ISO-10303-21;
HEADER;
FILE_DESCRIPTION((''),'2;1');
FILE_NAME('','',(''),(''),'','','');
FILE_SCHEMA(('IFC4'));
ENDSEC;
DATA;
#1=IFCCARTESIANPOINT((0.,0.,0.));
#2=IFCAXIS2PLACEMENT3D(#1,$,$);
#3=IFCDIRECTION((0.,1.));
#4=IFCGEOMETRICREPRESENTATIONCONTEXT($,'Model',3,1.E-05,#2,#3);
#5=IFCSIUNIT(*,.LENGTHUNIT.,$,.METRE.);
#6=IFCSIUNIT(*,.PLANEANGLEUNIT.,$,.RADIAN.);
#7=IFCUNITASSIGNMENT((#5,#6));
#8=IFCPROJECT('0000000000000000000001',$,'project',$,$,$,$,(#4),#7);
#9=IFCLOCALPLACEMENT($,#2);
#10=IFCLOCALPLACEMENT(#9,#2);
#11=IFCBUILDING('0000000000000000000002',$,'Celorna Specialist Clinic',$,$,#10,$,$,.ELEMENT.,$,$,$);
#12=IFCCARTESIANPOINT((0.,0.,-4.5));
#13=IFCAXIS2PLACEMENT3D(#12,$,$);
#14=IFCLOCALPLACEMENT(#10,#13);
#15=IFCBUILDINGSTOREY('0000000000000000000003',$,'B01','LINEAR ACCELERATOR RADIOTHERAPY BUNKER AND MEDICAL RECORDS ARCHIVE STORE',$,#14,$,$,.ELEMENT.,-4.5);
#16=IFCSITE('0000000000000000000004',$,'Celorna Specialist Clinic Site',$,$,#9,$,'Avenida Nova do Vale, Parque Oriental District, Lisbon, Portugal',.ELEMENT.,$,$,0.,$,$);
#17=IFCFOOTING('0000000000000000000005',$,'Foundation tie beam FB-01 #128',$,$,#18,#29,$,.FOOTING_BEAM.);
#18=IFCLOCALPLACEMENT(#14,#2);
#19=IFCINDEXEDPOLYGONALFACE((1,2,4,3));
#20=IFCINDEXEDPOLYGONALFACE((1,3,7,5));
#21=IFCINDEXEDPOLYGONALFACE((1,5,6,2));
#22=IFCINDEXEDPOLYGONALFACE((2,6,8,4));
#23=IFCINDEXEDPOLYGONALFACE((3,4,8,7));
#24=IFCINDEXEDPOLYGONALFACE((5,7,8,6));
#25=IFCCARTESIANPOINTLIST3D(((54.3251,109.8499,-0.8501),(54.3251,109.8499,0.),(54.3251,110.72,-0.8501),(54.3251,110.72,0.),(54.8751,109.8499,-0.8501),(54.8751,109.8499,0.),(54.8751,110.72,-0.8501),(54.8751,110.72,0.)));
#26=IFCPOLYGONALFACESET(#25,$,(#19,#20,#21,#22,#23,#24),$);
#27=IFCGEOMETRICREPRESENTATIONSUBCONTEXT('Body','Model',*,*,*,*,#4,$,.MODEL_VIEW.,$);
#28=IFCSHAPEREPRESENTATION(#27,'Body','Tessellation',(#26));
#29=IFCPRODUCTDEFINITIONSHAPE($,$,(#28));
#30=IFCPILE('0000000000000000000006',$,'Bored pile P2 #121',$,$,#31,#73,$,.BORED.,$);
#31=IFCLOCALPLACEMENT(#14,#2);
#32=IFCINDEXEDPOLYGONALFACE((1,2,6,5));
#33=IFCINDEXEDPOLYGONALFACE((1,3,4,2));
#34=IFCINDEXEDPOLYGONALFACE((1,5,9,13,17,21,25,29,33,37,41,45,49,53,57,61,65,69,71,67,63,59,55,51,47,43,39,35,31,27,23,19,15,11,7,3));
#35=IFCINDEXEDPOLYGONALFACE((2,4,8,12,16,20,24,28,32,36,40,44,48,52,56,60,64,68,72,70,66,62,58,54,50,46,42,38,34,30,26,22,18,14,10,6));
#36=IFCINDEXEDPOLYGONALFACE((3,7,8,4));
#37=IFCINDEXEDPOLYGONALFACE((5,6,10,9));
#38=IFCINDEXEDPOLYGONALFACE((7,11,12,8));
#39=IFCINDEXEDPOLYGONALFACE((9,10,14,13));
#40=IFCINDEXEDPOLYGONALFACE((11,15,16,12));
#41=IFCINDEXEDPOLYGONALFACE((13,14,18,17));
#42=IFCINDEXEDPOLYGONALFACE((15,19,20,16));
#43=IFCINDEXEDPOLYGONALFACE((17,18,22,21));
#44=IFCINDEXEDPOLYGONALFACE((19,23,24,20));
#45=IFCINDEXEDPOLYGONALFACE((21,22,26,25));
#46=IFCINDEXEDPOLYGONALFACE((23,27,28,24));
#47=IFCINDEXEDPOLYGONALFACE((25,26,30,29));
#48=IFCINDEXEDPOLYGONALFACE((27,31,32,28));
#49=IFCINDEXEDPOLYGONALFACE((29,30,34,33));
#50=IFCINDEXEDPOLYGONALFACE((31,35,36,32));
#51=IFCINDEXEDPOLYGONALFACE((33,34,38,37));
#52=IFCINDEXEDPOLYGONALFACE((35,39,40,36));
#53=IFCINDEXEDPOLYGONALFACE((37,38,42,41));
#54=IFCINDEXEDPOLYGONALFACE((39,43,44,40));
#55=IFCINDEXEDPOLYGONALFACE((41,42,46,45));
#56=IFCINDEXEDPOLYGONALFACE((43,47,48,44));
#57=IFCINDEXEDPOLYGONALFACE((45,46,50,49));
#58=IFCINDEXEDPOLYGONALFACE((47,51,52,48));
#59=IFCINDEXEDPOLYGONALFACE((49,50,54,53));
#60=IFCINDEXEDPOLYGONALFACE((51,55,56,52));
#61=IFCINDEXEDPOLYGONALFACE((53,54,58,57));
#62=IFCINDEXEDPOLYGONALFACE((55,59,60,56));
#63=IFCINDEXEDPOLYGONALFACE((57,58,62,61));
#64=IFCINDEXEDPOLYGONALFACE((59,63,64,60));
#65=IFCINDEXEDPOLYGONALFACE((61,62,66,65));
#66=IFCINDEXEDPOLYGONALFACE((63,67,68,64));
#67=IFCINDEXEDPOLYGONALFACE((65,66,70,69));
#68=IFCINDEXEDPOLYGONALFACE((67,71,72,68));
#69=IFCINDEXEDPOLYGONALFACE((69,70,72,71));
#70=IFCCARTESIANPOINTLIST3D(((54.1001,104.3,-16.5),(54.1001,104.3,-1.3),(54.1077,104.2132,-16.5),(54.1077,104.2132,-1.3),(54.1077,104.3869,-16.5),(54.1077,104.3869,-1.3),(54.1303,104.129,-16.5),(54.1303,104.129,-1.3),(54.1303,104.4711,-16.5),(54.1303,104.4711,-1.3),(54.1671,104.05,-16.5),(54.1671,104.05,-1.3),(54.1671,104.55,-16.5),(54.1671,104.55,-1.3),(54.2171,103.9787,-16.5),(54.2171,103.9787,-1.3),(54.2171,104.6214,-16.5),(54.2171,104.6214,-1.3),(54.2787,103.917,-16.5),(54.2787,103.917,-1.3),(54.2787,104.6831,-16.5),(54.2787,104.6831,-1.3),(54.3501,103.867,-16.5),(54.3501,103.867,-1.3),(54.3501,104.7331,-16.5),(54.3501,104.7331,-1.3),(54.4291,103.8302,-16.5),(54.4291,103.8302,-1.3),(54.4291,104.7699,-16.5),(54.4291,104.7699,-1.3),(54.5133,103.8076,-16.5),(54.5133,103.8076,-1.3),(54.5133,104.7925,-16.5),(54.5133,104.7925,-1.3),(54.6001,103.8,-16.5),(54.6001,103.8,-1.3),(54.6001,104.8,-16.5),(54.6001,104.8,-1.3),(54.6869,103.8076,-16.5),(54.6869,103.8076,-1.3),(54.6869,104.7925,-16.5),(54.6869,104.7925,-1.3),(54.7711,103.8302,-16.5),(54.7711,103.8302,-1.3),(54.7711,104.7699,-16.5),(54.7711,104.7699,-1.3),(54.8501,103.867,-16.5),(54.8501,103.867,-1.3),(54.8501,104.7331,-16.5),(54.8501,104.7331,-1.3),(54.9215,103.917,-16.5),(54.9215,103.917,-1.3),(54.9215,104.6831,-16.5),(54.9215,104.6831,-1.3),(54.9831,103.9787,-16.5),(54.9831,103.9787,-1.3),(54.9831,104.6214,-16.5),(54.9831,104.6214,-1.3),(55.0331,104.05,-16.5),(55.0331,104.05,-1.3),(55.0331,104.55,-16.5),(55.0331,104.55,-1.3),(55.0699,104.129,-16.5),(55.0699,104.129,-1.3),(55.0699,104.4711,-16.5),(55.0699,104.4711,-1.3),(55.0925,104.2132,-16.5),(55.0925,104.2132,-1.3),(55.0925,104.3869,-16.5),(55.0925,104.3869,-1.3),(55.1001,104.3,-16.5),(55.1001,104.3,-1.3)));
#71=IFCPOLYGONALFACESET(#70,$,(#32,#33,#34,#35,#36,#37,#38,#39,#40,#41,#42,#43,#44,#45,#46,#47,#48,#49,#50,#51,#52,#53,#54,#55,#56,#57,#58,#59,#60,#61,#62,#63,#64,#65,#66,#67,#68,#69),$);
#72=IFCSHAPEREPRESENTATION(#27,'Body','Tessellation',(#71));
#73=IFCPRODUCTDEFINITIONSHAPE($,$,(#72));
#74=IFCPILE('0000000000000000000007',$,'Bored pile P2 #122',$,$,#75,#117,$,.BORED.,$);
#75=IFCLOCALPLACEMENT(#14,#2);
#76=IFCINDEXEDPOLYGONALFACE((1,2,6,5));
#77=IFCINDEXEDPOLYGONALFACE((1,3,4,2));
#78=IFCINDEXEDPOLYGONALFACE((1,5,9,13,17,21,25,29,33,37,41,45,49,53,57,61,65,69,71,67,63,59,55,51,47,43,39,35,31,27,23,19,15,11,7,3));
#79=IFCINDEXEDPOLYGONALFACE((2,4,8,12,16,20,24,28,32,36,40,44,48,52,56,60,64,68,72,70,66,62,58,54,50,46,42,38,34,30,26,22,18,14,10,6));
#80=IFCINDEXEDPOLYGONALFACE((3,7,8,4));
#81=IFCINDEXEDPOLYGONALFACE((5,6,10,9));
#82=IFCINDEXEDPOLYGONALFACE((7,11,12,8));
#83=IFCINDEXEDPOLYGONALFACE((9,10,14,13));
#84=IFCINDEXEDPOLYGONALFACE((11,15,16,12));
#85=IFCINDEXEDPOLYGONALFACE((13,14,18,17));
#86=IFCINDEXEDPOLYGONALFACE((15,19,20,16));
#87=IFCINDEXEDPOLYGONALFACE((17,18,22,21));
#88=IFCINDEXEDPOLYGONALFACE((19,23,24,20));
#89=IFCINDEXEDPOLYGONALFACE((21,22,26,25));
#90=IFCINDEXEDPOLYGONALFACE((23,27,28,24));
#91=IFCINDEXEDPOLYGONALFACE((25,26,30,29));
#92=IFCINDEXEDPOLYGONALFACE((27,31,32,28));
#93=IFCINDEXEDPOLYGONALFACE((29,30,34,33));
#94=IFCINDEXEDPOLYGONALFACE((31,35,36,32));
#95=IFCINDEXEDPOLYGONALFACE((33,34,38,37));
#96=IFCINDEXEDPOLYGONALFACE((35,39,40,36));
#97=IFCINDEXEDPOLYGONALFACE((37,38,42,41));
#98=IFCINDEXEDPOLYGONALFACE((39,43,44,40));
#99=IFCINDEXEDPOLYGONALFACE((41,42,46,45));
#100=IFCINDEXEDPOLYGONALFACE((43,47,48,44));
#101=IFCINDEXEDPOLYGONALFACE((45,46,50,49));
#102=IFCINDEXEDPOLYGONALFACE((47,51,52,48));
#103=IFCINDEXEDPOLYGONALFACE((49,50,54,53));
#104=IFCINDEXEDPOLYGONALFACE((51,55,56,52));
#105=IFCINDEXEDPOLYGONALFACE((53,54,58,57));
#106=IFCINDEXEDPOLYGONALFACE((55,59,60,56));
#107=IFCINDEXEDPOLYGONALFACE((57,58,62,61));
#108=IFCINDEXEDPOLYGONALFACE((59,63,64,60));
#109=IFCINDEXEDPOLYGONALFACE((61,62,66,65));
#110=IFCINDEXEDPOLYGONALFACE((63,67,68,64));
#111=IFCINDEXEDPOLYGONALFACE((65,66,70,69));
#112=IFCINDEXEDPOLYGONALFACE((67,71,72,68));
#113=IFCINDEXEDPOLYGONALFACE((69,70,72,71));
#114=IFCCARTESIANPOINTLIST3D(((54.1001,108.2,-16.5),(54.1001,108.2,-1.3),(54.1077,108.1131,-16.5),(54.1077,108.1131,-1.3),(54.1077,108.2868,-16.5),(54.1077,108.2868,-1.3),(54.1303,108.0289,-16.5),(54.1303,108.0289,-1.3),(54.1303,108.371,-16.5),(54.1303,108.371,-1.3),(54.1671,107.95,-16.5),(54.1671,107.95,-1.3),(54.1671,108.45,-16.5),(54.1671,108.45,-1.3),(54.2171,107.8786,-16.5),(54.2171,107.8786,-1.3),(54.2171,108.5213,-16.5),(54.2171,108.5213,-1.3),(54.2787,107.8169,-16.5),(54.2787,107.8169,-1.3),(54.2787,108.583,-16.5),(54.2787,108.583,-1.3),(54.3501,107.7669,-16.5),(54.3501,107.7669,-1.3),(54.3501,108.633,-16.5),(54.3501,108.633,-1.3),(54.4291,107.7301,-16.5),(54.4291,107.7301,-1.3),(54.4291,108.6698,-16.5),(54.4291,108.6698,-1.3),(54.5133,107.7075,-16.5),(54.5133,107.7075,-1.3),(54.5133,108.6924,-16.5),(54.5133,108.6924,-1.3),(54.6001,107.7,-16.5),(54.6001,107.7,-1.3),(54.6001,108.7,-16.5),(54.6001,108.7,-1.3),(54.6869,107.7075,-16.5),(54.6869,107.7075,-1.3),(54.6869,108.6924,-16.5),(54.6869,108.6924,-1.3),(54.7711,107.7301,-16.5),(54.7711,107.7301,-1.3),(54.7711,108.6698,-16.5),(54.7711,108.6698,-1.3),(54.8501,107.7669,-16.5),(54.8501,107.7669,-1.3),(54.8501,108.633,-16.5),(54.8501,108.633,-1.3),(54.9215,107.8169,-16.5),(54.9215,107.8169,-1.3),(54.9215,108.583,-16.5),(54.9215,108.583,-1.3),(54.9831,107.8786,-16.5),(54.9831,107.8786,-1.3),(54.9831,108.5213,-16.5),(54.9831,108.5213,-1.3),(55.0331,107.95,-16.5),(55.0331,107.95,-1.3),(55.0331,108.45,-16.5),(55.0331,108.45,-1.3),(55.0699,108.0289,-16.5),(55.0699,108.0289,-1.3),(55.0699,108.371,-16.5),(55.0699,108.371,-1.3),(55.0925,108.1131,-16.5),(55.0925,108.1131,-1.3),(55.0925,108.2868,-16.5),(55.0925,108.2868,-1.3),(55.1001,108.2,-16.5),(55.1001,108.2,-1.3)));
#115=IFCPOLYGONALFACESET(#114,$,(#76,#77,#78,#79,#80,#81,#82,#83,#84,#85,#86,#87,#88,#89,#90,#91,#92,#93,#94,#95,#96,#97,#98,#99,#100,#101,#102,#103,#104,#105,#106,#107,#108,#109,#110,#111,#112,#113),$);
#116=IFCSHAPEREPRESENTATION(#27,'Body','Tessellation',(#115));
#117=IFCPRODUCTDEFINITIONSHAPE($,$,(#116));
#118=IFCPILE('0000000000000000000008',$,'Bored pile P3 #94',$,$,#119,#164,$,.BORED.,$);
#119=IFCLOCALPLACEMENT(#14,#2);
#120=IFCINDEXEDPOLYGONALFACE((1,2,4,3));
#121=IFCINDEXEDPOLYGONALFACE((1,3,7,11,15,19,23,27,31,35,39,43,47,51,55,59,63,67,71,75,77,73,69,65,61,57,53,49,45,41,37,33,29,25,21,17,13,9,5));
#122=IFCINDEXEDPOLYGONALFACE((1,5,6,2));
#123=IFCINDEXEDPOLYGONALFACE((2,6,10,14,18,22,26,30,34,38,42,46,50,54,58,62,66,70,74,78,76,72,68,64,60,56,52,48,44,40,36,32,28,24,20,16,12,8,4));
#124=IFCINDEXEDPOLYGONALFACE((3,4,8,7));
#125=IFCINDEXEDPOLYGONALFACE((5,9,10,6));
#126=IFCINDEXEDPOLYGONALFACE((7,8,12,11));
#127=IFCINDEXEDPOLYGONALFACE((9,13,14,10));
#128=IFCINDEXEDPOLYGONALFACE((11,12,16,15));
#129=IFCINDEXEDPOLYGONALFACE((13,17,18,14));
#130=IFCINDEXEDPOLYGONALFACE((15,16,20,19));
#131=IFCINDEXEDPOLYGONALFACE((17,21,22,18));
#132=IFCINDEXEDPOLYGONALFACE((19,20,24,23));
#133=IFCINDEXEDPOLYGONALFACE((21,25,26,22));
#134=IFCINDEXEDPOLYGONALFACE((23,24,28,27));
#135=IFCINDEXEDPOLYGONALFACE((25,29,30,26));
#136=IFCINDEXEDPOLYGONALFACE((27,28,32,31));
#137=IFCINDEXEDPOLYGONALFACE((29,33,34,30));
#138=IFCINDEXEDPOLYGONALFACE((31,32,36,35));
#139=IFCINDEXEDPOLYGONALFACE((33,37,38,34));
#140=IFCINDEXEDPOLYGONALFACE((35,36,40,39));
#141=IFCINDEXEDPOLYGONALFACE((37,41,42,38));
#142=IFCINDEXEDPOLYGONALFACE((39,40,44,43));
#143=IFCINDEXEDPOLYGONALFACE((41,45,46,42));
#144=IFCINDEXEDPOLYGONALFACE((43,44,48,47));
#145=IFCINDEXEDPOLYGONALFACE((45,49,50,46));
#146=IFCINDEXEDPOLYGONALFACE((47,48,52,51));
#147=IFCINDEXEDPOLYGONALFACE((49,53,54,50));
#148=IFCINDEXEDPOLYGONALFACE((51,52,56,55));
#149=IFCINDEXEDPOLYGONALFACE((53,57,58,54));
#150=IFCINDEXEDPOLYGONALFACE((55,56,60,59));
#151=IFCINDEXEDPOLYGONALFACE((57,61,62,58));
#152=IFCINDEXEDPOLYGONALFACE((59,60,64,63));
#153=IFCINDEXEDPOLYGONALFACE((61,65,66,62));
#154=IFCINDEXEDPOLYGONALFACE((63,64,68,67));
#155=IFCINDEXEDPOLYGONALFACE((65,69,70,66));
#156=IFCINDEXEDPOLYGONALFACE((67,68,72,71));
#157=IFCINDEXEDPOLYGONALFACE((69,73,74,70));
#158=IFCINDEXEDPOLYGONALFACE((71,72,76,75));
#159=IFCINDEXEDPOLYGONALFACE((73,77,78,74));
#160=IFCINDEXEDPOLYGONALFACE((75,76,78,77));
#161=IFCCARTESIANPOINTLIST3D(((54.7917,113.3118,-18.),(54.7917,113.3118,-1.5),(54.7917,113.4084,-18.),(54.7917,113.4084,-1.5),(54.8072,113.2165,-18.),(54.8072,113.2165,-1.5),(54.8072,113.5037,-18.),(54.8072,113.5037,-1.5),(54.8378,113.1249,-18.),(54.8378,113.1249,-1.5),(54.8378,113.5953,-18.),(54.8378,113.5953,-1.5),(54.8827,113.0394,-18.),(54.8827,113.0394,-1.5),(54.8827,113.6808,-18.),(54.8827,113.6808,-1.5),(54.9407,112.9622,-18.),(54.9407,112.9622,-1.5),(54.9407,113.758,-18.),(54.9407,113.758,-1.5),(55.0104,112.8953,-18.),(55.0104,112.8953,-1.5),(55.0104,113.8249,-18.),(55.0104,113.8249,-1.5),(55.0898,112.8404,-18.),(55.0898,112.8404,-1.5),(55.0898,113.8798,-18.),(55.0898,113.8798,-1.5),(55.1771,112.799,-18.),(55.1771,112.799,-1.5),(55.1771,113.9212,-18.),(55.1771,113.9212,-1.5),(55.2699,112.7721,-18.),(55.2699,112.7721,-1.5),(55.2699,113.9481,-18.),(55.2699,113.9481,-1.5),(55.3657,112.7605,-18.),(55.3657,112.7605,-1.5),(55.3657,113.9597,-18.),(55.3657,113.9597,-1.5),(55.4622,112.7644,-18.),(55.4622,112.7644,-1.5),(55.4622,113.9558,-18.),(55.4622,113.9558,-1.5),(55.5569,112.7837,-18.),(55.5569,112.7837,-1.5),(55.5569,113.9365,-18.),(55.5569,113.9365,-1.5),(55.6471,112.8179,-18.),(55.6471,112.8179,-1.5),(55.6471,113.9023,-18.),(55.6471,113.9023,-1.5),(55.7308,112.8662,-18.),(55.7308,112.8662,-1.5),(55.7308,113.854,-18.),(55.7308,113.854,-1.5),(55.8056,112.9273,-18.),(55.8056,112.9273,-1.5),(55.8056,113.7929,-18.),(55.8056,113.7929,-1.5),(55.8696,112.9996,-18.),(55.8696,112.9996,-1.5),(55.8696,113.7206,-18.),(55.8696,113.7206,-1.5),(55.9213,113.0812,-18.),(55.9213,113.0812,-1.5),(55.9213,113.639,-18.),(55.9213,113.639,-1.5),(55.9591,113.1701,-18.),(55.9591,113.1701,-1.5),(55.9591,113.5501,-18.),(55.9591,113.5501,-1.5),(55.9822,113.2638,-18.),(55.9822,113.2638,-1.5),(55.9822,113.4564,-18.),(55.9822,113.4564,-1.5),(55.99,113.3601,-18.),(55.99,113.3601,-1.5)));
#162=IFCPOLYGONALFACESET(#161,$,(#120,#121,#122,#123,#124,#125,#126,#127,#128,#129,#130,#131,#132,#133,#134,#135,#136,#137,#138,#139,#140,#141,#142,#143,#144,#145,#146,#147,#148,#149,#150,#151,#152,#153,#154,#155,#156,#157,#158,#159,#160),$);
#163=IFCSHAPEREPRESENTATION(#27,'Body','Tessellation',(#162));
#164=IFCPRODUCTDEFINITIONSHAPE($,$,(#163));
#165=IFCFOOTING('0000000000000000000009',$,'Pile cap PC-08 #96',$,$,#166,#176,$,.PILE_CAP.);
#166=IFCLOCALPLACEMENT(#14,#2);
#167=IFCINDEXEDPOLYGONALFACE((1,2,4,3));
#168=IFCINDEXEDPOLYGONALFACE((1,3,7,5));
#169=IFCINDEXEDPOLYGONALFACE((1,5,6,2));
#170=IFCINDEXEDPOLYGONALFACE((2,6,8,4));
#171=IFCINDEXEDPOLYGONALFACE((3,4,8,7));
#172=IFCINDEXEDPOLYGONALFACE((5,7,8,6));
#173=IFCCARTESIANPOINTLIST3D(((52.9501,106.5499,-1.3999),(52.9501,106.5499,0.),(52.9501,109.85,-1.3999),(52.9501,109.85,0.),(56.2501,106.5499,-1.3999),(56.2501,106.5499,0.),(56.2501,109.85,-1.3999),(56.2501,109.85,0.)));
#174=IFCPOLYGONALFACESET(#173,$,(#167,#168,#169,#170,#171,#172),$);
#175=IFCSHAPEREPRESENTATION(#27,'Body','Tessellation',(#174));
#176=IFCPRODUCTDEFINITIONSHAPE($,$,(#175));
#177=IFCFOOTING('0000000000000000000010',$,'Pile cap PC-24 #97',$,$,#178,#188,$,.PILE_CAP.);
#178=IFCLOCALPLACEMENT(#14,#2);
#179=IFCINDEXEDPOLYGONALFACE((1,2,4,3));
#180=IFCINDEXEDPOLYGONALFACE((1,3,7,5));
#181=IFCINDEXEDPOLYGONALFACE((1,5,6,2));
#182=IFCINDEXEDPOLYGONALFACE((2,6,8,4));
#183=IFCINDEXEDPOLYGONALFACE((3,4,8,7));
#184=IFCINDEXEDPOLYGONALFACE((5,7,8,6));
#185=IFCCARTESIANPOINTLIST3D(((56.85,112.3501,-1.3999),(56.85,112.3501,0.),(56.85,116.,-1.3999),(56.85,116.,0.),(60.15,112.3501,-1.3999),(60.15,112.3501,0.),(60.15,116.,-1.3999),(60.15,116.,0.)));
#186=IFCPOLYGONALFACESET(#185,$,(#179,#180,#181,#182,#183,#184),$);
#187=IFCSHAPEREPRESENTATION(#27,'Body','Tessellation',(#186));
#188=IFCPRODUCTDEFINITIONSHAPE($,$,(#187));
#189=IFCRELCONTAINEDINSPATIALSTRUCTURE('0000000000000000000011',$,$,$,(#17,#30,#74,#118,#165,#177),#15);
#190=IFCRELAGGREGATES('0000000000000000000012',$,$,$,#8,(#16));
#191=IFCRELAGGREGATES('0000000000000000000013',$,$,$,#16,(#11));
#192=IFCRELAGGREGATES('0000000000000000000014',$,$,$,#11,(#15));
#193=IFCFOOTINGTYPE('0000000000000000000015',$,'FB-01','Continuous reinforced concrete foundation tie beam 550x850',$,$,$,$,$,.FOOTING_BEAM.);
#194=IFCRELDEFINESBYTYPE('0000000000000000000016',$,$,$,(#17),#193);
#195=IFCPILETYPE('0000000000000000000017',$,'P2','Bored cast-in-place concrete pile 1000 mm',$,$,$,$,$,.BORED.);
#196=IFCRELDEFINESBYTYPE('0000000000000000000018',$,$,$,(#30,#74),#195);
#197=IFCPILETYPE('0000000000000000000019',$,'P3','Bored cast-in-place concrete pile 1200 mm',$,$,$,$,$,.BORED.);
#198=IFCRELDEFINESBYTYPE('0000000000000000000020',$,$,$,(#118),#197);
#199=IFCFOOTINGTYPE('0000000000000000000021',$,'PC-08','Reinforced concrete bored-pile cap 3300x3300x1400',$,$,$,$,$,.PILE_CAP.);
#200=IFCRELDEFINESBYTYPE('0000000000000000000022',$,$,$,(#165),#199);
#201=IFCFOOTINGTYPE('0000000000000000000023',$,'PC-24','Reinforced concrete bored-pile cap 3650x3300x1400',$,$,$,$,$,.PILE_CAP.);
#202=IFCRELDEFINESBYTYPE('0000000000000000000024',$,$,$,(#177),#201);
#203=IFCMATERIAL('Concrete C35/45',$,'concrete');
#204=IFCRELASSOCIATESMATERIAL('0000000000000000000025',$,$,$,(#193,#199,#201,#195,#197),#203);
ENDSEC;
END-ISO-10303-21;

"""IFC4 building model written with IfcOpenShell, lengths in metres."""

from ifc_helpers import new_model, si_unit, direction, frame, origin, origin_2d, place, context, subcontext, project, spatial, rectangle, circle, extrude, material, material_profile, profile_set, type_object, element, save


model = new_model("IFC4")

# Units and contexts
model_context = context("Model", 3, precision=1e-05, world=origin(), true_north=direction((0.0, 1.0)))
body_context = subcontext(model_context, "Body", "Model", "MODEL_VIEW")
ifc_project = project(units=[si_unit("LENGTHUNIT", "METRE"), si_unit("PLANEANGLEUNIT", "RADIAN")], contexts=[model_context])

# Site, building, storey
site_placement = place(None, origin())
site = spatial("IfcSite", under=ifc_project, at=site_placement, Name="Celorna Specialist Clinic Site", LongName="Avenida Nova do Vale, Parque Oriental District, Lisbon, Portugal", CompositionType="ELEMENT", RefElevation=0.0)
building_placement = place(site_placement, origin())
building = spatial("IfcBuilding", under=site, at=building_placement, Name="Celorna Specialist Clinic", CompositionType="ELEMENT")
storey_placement = place(building_placement, frame((0.0, 0.0, -4.5)))
storey = spatial("IfcBuildingStorey", under=building, at=storey_placement, Name="B01", Description="LINEAR ACCELERATOR RADIOTHERAPY BUNKER AND MEDICAL RECORDS ARCHIVE STORE", CompositionType="ELEMENT", Elevation=-4.5)

# Footing
ifc_material_1 = material(Name="Concrete C35/45", Category="concrete")
footing_type_1 = type_object("IfcFootingType", Name="FB-01", Description="Continuous reinforced concrete foundation tie beam 550x850", PredefinedType="FOOTING_BEAM", material=ifc_material_1)
footing_1_placement = place(storey_placement, frame((54.6001, 110.2849, -0.8501), z_axis=(0.0, 0.0, 1.0), x_axis=(0.0, 1.0, 0.0)))
element("IfcFooting", 1, at=footing_1_placement, inside=storey, type_object=footing_type_1, Name="Foundation tie beam FB-01 #128", PredefinedType="FOOTING_BEAM", context=body_context, shape_type="SweptSolid", body=[
    extrude(rectangle(XDim=0.8701, YDim=0.55, at=origin_2d()), origin(), (0.0, 0.0, 1.0), 0.8501),
])

# Piles
ifc_material_profile_1 = material_profile(ifc_material_1, circle(Radius=0.5, at=origin_2d()), Name="BORED PILE 1000")
ifc_profile_set_1 = profile_set([ifc_material_profile_1], Name="Concrete C35/45")
pile_type_1 = type_object("IfcPileType", Name="P2", Description="Bored cast-in-place concrete pile 1000 mm", PredefinedType="BORED", material=ifc_profile_set_1)
for number, where, z_axis, x_axis, name in (
    (2, (54.6001, 104.3, -1.3), (0.0, 0.0, -1.0), (1.0, 0.0, 0.0), "Bored pile P2 #121"),
    (3, (54.6001, 108.2, -1.3), (0.0, 0.0, -1.0), (1.0, 0.0, 0.0), "Bored pile P2 #122"),
):
    element("IfcPile", number, at=place(storey_placement, frame(where, z_axis=z_axis, x_axis=x_axis)), inside=storey, type_object=pile_type_1, Name=name, PredefinedType="BORED", context=body_context, shape_type="SweptSolid", body=[
        extrude(circle(Radius=0.5, at=origin_2d()), origin(), (0.0, 0.0, 1.0), 15.2),
    ])
ifc_material_profile_2 = material_profile(ifc_material_1, circle(Radius=0.6001, at=origin_2d()), Name="BORED PILE 1200")
ifc_profile_set_2 = profile_set([ifc_material_profile_2], Name="Concrete C35/45")
pile_type_2 = type_object("IfcPileType", Name="P3", Description="Bored cast-in-place concrete pile 1200 mm", PredefinedType="BORED", material=ifc_profile_set_2)
pile_placement = place(storey_placement, frame((55.3899, 113.3601, -1.5), z_axis=(0.0, 0.0, -1.0), x_axis=(1.0, 0.0, 0.0)))
element("IfcPile", 4, at=pile_placement, inside=storey, type_object=pile_type_2, Name="Bored pile P3 #94", PredefinedType="BORED", context=body_context, shape_type="SweptSolid", body=[
    extrude(circle(Radius=0.6001, at=origin_2d()), origin(), (0.0, 0.0, 1.0), 16.5),
])

# Footings
footing_type_2 = type_object("IfcFootingType", Name="PC-08", Description="Reinforced concrete bored-pile cap 3300x3300x1400", PredefinedType="PILE_CAP", material=ifc_material_1)
footing_2_placement = place(storey_placement, frame((54.6001, 108.2, -1.3999), z_axis=(0.0, 0.0, 1.0), x_axis=(1.0, 0.0, 0.0)))
element("IfcFooting", 5, at=footing_2_placement, inside=storey, type_object=footing_type_2, Name="Pile cap PC-08 #96", PredefinedType="PILE_CAP", context=body_context, shape_type="SweptSolid", body=[
    extrude(rectangle(XDim=3.3, YDim=3.3, at=origin_2d()), origin(), (0.0, 0.0, 1.0), 1.3999),
])
footing_type_3 = type_object("IfcFootingType", Name="PC-24", Description="Reinforced concrete bored-pile cap 3650x3300x1400", PredefinedType="PILE_CAP", material=ifc_material_1)
footing_3_placement = place(storey_placement, frame((58.5, 114.175, -1.3999), z_axis=(0.0, 0.0, 1.0), x_axis=(1.0, 0.0, 0.0)))
element("IfcFooting", 6, at=footing_3_placement, inside=storey, type_object=footing_type_3, Name="Pile cap PC-24 #97", PredefinedType="PILE_CAP", context=body_context, shape_type="SweptSolid", body=[
    extrude(rectangle(XDim=3.3, YDim=3.6499, at=origin_2d()), origin(), (0.0, 0.0, 1.0), 1.3999),
])

save(model, "model.ifc")
